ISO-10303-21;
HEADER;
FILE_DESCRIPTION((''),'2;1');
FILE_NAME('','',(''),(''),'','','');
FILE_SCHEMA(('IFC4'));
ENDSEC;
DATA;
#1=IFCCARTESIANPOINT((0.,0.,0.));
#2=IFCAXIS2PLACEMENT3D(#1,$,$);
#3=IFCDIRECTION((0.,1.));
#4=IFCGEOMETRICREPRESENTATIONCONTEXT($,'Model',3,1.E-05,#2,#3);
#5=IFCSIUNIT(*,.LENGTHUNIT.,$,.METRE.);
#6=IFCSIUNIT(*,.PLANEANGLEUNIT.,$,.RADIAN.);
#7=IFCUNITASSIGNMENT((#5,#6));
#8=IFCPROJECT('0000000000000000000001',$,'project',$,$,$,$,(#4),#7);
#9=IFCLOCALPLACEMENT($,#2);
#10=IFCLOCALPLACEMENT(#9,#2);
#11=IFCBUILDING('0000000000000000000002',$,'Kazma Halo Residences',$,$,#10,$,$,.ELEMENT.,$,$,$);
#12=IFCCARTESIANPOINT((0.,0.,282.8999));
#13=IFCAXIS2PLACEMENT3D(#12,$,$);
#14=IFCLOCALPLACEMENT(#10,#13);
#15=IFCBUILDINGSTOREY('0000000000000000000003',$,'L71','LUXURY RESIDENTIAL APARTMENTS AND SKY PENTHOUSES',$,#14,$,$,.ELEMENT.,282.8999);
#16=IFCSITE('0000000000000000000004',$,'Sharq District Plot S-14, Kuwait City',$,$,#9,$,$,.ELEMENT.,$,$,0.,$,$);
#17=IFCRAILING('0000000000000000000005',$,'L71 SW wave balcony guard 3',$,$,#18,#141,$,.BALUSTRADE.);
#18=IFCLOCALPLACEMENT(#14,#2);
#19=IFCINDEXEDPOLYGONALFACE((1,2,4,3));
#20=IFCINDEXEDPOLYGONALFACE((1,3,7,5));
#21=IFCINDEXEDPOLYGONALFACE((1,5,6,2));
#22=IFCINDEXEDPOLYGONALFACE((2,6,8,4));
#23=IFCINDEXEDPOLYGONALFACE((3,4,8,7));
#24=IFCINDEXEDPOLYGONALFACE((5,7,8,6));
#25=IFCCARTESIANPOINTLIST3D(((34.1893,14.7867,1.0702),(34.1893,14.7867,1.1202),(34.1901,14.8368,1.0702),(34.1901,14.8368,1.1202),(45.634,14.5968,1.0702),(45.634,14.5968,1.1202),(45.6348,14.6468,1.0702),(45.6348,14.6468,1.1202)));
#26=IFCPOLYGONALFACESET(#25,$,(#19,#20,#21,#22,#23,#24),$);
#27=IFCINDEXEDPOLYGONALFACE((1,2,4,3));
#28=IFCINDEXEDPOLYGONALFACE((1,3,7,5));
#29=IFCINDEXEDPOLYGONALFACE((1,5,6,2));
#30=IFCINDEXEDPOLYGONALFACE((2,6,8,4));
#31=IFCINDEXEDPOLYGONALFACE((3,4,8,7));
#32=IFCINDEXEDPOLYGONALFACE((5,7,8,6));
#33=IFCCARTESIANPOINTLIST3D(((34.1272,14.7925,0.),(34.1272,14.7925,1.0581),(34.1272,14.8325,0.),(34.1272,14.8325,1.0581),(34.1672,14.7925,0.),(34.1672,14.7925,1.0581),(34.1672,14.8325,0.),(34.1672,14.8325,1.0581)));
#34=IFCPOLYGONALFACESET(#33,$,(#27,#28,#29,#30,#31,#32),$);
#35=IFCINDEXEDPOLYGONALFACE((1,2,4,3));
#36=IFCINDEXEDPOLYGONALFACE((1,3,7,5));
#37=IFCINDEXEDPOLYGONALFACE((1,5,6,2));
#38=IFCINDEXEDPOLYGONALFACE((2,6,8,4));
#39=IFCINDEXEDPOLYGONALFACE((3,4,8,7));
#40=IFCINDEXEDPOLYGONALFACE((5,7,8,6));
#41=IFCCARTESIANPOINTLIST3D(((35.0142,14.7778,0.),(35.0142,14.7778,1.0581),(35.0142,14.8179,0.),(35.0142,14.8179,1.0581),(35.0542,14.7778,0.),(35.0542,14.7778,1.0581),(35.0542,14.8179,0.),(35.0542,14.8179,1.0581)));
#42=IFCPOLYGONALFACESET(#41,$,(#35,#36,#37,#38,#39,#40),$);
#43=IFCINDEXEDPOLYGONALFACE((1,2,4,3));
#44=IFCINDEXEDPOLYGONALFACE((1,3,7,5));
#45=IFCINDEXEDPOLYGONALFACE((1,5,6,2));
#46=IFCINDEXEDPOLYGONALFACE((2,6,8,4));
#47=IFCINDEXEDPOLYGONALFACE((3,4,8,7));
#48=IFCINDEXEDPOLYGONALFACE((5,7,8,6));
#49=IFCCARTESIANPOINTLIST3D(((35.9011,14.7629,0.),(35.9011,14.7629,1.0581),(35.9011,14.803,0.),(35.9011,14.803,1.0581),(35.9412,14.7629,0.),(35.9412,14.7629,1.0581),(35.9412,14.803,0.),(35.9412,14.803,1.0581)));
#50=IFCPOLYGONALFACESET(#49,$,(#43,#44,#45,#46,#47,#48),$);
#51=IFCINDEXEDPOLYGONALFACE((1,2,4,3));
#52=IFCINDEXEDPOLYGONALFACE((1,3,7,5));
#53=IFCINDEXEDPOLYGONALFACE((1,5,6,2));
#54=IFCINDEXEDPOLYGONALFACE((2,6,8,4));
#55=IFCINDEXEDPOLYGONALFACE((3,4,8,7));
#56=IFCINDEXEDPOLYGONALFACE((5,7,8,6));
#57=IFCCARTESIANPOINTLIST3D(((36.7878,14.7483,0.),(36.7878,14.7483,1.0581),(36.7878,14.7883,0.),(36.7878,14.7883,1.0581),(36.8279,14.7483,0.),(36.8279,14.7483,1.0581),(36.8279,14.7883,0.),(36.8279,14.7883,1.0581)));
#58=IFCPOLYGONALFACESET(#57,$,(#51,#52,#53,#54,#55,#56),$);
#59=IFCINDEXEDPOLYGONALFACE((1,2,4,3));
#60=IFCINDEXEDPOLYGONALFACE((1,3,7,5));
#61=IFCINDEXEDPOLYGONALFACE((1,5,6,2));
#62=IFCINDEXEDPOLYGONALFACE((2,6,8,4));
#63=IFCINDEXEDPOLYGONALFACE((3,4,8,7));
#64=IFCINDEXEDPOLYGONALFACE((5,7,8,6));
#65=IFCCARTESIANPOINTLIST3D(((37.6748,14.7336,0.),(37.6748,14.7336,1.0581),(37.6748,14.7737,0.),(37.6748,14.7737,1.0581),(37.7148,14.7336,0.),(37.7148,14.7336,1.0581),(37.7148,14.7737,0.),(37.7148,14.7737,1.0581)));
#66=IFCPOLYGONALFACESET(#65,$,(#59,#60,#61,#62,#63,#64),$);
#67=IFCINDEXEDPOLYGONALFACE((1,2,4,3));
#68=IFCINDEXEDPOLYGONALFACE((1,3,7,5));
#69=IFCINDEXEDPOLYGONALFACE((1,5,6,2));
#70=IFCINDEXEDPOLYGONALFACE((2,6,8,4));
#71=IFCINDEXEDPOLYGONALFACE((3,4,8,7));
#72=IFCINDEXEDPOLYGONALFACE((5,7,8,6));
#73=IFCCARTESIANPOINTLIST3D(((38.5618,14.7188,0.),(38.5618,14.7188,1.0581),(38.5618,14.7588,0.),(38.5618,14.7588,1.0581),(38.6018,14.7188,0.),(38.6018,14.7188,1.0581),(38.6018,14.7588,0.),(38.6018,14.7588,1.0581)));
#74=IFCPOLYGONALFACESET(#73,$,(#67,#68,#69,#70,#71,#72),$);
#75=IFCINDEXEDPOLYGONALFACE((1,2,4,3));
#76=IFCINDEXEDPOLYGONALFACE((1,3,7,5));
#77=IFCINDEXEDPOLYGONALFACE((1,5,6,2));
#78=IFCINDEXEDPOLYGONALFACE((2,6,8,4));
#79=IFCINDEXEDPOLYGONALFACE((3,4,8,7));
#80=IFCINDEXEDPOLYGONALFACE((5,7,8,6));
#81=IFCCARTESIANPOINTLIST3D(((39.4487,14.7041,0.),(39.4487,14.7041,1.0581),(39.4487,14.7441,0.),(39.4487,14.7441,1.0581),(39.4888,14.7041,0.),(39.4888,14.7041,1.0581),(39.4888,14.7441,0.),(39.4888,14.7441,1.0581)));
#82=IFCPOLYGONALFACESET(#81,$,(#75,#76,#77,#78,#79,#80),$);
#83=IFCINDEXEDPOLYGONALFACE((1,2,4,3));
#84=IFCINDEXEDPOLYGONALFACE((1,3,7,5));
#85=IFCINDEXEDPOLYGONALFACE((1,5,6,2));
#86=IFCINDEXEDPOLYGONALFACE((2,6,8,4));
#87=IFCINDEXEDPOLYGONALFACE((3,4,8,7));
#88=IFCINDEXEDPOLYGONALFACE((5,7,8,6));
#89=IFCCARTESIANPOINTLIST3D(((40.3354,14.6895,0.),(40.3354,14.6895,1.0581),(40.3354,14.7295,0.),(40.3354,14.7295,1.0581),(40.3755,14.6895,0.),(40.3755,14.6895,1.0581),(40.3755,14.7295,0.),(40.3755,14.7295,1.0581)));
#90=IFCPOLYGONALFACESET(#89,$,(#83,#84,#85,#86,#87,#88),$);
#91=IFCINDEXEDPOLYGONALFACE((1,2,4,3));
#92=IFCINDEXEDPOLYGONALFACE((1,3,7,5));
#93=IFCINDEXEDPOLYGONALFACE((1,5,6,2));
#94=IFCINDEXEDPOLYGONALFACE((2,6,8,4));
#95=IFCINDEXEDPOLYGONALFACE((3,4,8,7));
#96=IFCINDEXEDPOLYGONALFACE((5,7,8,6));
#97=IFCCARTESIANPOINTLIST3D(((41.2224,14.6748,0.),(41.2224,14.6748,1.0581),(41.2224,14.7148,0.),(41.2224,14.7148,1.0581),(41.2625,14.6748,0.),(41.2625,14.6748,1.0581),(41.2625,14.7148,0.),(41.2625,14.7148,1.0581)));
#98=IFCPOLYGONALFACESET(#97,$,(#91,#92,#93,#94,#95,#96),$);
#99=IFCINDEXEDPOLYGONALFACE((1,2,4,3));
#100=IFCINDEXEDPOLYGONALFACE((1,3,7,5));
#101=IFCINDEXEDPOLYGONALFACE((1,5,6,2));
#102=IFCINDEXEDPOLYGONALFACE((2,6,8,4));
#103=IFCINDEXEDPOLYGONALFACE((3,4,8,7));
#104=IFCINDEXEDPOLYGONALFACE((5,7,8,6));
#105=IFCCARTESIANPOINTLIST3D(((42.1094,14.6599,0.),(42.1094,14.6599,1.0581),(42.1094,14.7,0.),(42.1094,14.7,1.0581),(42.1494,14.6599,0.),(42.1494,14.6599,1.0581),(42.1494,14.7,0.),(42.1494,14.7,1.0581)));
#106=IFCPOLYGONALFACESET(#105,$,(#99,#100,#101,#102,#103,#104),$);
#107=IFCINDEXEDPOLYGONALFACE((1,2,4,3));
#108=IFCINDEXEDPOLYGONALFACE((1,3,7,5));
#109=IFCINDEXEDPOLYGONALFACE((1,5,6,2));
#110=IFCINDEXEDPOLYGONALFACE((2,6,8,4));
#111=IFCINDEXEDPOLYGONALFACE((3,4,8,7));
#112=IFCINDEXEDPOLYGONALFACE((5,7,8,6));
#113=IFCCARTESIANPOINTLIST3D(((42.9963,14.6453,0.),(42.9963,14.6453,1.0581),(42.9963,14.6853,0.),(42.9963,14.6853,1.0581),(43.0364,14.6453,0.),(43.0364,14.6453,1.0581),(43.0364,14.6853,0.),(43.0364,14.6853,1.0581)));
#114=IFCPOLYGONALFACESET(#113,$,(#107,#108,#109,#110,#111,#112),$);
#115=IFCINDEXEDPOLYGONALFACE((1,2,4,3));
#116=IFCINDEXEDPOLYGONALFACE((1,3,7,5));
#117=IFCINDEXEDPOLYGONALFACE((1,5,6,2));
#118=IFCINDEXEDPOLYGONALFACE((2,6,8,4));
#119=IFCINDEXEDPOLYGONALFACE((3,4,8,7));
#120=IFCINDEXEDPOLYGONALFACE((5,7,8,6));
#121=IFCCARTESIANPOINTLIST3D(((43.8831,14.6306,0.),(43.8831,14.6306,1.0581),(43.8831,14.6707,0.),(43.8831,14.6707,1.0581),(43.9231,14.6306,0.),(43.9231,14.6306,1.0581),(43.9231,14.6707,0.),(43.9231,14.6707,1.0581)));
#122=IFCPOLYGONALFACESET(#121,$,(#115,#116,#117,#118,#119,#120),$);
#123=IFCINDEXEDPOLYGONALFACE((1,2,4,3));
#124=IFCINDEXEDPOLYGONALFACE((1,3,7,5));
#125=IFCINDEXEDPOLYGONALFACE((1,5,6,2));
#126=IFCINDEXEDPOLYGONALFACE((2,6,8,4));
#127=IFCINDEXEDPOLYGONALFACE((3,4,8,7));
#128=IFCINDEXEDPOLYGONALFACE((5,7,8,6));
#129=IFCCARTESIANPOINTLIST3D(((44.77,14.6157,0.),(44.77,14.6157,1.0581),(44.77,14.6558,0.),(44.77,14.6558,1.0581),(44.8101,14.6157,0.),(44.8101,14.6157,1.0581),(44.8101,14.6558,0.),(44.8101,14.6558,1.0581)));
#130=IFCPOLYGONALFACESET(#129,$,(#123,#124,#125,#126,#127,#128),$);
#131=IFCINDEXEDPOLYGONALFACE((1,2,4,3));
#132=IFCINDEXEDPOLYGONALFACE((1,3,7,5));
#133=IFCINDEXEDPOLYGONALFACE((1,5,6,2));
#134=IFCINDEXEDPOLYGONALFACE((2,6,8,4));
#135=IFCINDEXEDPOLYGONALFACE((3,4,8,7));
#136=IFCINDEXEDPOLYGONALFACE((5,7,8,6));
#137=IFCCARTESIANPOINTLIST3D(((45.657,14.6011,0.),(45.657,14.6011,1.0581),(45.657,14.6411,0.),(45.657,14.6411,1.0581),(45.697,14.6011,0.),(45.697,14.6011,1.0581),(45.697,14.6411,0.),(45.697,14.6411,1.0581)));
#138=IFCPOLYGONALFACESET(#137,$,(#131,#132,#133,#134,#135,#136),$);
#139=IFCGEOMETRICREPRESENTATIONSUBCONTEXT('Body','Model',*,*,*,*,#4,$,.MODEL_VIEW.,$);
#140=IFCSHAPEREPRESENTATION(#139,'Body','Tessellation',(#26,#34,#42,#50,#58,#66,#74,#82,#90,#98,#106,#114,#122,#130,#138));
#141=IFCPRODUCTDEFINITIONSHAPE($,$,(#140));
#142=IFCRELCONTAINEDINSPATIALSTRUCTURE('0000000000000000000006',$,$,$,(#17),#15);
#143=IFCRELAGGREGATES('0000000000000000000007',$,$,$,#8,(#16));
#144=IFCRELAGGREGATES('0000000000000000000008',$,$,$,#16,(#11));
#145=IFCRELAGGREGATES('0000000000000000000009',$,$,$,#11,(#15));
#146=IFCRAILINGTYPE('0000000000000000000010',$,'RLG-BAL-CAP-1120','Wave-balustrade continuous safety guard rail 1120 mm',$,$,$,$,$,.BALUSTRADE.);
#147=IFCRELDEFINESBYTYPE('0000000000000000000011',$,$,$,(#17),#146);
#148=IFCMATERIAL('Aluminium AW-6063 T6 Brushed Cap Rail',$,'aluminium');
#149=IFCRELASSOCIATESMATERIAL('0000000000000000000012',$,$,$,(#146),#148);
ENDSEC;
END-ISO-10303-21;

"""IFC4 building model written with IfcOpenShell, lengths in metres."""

from ifc_helpers import new_model, si_unit, direction, frame, origin, origin_2d, place, context, subcontext, project, spatial, rectangle, extrude, material, type_object, element, save


model = new_model("IFC4")

# Units and contexts
model_context = context("Model", 3, precision=1e-05, world=origin(), true_north=direction((0.0, 1.0)))
body_context = subcontext(model_context, "Body", "Model", "MODEL_VIEW")
ifc_project = project(units=[si_unit("LENGTHUNIT", "METRE"), si_unit("PLANEANGLEUNIT", "RADIAN")], contexts=[model_context])

# Site, building, storey
site_placement = place(None, origin())
site = spatial("IfcSite", under=ifc_project, at=site_placement, Name="Sharq District Plot S-14, Kuwait City", CompositionType="ELEMENT", RefElevation=0.0)
building_placement = place(site_placement, origin())
building = spatial("IfcBuilding", under=site, at=building_placement, Name="Kazma Halo Residences", CompositionType="ELEMENT")
storey_placement = place(building_placement, frame((0.0, 0.0, 282.8999)))
storey = spatial("IfcBuildingStorey", under=building, at=storey_placement, Name="L71", Description="LUXURY RESIDENTIAL APARTMENTS AND SKY PENTHOUSES", CompositionType="ELEMENT", Elevation=282.8999)

# Railing
ifc_material_1 = material(Name="Aluminium AW-6063 T6 Brushed Cap Rail", Category="aluminium")
railing_type = type_object("IfcRailingType", Name="RLG-BAL-CAP-1120", Description="Wave-balustrade continuous safety guard rail 1120 mm", PredefinedType="BALUSTRADE", material=ifc_material_1)
railing_1_placement = place(storey_placement, frame((34.1472, 14.8125, 0.0)))
element("IfcRailing", 1, at=railing_1_placement, inside=storey, type_object=railing_type, Name="L71 SW wave balcony guard 3", PredefinedType="BALUSTRADE", context=body_context, shape_type="SweptSolid", body=[
    extrude(rectangle(XDim=0.05, YDim=0.05, at=origin_2d()), frame((0.0425, -0.0007, 1.0952), z_axis=(0.999862, -0.016599, 0.0), x_axis=(0.016599, 0.999862, 0.0)), (0.0, 0.0, 1.0), 11.4463),
    extrude(rectangle(XDim=0.04, YDim=0.04, at=origin_2d()), origin(), (0.0, 0.0, 1.0), 1.0581),
    extrude(rectangle(XDim=0.04, YDim=0.04, at=origin_2d()), frame((0.887, -0.0146, 0.0)), (0.0, 0.0, 1.0), 1.0581),
    extrude(rectangle(XDim=0.04, YDim=0.04, at=origin_2d()), frame((1.7739, -0.0295, 0.0)), (0.0, 0.0, 1.0), 1.0581),
    extrude(rectangle(XDim=0.04, YDim=0.04, at=origin_2d()), frame((2.6606, -0.0442, 0.0)), (0.0, 0.0, 1.0), 1.0581),
    extrude(rectangle(XDim=0.04, YDim=0.04, at=origin_2d()), frame((3.5476, -0.0588, 0.0)), (0.0, 0.0, 1.0), 1.0581),
    extrude(rectangle(XDim=0.04, YDim=0.04, at=origin_2d()), frame((4.4346, -0.0737, 0.0)), (0.0, 0.0, 1.0), 1.0581),
    extrude(rectangle(XDim=0.04, YDim=0.04, at=origin_2d()), frame((5.3215, -0.0884, 0.0)), (0.0, 0.0, 1.0), 1.0581),
    extrude(rectangle(XDim=0.04, YDim=0.04, at=origin_2d()), frame((6.2083, -0.103, 0.0)), (0.0, 0.0, 1.0), 1.0581),
    extrude(rectangle(XDim=0.04, YDim=0.04, at=origin_2d()), frame((7.0952, -0.1177, 0.0)), (0.0, 0.0, 1.0), 1.0581),
    extrude(rectangle(XDim=0.04, YDim=0.04, at=origin_2d()), frame((7.9822, -0.1326, 0.0)), (0.0, 0.0, 1.0), 1.0581),
    extrude(rectangle(XDim=0.04, YDim=0.04, at=origin_2d()), frame((8.8691, -0.1472, 0.0)), (0.0, 0.0, 1.0), 1.0581),
    extrude(rectangle(XDim=0.04, YDim=0.04, at=origin_2d()), frame((9.7559, -0.1619, 0.0)), (0.0, 0.0, 1.0), 1.0581),
    extrude(rectangle(XDim=0.04, YDim=0.04, at=origin_2d()), frame((10.6428, -0.1768, 0.0)), (0.0, 0.0, 1.0), 1.0581),
    extrude(rectangle(XDim=0.04, YDim=0.04, at=origin_2d()), frame((11.5298, -0.1914, 0.0)), (0.0, 0.0, 1.0), 1.0581),
])

save(model, "model.ifc")
